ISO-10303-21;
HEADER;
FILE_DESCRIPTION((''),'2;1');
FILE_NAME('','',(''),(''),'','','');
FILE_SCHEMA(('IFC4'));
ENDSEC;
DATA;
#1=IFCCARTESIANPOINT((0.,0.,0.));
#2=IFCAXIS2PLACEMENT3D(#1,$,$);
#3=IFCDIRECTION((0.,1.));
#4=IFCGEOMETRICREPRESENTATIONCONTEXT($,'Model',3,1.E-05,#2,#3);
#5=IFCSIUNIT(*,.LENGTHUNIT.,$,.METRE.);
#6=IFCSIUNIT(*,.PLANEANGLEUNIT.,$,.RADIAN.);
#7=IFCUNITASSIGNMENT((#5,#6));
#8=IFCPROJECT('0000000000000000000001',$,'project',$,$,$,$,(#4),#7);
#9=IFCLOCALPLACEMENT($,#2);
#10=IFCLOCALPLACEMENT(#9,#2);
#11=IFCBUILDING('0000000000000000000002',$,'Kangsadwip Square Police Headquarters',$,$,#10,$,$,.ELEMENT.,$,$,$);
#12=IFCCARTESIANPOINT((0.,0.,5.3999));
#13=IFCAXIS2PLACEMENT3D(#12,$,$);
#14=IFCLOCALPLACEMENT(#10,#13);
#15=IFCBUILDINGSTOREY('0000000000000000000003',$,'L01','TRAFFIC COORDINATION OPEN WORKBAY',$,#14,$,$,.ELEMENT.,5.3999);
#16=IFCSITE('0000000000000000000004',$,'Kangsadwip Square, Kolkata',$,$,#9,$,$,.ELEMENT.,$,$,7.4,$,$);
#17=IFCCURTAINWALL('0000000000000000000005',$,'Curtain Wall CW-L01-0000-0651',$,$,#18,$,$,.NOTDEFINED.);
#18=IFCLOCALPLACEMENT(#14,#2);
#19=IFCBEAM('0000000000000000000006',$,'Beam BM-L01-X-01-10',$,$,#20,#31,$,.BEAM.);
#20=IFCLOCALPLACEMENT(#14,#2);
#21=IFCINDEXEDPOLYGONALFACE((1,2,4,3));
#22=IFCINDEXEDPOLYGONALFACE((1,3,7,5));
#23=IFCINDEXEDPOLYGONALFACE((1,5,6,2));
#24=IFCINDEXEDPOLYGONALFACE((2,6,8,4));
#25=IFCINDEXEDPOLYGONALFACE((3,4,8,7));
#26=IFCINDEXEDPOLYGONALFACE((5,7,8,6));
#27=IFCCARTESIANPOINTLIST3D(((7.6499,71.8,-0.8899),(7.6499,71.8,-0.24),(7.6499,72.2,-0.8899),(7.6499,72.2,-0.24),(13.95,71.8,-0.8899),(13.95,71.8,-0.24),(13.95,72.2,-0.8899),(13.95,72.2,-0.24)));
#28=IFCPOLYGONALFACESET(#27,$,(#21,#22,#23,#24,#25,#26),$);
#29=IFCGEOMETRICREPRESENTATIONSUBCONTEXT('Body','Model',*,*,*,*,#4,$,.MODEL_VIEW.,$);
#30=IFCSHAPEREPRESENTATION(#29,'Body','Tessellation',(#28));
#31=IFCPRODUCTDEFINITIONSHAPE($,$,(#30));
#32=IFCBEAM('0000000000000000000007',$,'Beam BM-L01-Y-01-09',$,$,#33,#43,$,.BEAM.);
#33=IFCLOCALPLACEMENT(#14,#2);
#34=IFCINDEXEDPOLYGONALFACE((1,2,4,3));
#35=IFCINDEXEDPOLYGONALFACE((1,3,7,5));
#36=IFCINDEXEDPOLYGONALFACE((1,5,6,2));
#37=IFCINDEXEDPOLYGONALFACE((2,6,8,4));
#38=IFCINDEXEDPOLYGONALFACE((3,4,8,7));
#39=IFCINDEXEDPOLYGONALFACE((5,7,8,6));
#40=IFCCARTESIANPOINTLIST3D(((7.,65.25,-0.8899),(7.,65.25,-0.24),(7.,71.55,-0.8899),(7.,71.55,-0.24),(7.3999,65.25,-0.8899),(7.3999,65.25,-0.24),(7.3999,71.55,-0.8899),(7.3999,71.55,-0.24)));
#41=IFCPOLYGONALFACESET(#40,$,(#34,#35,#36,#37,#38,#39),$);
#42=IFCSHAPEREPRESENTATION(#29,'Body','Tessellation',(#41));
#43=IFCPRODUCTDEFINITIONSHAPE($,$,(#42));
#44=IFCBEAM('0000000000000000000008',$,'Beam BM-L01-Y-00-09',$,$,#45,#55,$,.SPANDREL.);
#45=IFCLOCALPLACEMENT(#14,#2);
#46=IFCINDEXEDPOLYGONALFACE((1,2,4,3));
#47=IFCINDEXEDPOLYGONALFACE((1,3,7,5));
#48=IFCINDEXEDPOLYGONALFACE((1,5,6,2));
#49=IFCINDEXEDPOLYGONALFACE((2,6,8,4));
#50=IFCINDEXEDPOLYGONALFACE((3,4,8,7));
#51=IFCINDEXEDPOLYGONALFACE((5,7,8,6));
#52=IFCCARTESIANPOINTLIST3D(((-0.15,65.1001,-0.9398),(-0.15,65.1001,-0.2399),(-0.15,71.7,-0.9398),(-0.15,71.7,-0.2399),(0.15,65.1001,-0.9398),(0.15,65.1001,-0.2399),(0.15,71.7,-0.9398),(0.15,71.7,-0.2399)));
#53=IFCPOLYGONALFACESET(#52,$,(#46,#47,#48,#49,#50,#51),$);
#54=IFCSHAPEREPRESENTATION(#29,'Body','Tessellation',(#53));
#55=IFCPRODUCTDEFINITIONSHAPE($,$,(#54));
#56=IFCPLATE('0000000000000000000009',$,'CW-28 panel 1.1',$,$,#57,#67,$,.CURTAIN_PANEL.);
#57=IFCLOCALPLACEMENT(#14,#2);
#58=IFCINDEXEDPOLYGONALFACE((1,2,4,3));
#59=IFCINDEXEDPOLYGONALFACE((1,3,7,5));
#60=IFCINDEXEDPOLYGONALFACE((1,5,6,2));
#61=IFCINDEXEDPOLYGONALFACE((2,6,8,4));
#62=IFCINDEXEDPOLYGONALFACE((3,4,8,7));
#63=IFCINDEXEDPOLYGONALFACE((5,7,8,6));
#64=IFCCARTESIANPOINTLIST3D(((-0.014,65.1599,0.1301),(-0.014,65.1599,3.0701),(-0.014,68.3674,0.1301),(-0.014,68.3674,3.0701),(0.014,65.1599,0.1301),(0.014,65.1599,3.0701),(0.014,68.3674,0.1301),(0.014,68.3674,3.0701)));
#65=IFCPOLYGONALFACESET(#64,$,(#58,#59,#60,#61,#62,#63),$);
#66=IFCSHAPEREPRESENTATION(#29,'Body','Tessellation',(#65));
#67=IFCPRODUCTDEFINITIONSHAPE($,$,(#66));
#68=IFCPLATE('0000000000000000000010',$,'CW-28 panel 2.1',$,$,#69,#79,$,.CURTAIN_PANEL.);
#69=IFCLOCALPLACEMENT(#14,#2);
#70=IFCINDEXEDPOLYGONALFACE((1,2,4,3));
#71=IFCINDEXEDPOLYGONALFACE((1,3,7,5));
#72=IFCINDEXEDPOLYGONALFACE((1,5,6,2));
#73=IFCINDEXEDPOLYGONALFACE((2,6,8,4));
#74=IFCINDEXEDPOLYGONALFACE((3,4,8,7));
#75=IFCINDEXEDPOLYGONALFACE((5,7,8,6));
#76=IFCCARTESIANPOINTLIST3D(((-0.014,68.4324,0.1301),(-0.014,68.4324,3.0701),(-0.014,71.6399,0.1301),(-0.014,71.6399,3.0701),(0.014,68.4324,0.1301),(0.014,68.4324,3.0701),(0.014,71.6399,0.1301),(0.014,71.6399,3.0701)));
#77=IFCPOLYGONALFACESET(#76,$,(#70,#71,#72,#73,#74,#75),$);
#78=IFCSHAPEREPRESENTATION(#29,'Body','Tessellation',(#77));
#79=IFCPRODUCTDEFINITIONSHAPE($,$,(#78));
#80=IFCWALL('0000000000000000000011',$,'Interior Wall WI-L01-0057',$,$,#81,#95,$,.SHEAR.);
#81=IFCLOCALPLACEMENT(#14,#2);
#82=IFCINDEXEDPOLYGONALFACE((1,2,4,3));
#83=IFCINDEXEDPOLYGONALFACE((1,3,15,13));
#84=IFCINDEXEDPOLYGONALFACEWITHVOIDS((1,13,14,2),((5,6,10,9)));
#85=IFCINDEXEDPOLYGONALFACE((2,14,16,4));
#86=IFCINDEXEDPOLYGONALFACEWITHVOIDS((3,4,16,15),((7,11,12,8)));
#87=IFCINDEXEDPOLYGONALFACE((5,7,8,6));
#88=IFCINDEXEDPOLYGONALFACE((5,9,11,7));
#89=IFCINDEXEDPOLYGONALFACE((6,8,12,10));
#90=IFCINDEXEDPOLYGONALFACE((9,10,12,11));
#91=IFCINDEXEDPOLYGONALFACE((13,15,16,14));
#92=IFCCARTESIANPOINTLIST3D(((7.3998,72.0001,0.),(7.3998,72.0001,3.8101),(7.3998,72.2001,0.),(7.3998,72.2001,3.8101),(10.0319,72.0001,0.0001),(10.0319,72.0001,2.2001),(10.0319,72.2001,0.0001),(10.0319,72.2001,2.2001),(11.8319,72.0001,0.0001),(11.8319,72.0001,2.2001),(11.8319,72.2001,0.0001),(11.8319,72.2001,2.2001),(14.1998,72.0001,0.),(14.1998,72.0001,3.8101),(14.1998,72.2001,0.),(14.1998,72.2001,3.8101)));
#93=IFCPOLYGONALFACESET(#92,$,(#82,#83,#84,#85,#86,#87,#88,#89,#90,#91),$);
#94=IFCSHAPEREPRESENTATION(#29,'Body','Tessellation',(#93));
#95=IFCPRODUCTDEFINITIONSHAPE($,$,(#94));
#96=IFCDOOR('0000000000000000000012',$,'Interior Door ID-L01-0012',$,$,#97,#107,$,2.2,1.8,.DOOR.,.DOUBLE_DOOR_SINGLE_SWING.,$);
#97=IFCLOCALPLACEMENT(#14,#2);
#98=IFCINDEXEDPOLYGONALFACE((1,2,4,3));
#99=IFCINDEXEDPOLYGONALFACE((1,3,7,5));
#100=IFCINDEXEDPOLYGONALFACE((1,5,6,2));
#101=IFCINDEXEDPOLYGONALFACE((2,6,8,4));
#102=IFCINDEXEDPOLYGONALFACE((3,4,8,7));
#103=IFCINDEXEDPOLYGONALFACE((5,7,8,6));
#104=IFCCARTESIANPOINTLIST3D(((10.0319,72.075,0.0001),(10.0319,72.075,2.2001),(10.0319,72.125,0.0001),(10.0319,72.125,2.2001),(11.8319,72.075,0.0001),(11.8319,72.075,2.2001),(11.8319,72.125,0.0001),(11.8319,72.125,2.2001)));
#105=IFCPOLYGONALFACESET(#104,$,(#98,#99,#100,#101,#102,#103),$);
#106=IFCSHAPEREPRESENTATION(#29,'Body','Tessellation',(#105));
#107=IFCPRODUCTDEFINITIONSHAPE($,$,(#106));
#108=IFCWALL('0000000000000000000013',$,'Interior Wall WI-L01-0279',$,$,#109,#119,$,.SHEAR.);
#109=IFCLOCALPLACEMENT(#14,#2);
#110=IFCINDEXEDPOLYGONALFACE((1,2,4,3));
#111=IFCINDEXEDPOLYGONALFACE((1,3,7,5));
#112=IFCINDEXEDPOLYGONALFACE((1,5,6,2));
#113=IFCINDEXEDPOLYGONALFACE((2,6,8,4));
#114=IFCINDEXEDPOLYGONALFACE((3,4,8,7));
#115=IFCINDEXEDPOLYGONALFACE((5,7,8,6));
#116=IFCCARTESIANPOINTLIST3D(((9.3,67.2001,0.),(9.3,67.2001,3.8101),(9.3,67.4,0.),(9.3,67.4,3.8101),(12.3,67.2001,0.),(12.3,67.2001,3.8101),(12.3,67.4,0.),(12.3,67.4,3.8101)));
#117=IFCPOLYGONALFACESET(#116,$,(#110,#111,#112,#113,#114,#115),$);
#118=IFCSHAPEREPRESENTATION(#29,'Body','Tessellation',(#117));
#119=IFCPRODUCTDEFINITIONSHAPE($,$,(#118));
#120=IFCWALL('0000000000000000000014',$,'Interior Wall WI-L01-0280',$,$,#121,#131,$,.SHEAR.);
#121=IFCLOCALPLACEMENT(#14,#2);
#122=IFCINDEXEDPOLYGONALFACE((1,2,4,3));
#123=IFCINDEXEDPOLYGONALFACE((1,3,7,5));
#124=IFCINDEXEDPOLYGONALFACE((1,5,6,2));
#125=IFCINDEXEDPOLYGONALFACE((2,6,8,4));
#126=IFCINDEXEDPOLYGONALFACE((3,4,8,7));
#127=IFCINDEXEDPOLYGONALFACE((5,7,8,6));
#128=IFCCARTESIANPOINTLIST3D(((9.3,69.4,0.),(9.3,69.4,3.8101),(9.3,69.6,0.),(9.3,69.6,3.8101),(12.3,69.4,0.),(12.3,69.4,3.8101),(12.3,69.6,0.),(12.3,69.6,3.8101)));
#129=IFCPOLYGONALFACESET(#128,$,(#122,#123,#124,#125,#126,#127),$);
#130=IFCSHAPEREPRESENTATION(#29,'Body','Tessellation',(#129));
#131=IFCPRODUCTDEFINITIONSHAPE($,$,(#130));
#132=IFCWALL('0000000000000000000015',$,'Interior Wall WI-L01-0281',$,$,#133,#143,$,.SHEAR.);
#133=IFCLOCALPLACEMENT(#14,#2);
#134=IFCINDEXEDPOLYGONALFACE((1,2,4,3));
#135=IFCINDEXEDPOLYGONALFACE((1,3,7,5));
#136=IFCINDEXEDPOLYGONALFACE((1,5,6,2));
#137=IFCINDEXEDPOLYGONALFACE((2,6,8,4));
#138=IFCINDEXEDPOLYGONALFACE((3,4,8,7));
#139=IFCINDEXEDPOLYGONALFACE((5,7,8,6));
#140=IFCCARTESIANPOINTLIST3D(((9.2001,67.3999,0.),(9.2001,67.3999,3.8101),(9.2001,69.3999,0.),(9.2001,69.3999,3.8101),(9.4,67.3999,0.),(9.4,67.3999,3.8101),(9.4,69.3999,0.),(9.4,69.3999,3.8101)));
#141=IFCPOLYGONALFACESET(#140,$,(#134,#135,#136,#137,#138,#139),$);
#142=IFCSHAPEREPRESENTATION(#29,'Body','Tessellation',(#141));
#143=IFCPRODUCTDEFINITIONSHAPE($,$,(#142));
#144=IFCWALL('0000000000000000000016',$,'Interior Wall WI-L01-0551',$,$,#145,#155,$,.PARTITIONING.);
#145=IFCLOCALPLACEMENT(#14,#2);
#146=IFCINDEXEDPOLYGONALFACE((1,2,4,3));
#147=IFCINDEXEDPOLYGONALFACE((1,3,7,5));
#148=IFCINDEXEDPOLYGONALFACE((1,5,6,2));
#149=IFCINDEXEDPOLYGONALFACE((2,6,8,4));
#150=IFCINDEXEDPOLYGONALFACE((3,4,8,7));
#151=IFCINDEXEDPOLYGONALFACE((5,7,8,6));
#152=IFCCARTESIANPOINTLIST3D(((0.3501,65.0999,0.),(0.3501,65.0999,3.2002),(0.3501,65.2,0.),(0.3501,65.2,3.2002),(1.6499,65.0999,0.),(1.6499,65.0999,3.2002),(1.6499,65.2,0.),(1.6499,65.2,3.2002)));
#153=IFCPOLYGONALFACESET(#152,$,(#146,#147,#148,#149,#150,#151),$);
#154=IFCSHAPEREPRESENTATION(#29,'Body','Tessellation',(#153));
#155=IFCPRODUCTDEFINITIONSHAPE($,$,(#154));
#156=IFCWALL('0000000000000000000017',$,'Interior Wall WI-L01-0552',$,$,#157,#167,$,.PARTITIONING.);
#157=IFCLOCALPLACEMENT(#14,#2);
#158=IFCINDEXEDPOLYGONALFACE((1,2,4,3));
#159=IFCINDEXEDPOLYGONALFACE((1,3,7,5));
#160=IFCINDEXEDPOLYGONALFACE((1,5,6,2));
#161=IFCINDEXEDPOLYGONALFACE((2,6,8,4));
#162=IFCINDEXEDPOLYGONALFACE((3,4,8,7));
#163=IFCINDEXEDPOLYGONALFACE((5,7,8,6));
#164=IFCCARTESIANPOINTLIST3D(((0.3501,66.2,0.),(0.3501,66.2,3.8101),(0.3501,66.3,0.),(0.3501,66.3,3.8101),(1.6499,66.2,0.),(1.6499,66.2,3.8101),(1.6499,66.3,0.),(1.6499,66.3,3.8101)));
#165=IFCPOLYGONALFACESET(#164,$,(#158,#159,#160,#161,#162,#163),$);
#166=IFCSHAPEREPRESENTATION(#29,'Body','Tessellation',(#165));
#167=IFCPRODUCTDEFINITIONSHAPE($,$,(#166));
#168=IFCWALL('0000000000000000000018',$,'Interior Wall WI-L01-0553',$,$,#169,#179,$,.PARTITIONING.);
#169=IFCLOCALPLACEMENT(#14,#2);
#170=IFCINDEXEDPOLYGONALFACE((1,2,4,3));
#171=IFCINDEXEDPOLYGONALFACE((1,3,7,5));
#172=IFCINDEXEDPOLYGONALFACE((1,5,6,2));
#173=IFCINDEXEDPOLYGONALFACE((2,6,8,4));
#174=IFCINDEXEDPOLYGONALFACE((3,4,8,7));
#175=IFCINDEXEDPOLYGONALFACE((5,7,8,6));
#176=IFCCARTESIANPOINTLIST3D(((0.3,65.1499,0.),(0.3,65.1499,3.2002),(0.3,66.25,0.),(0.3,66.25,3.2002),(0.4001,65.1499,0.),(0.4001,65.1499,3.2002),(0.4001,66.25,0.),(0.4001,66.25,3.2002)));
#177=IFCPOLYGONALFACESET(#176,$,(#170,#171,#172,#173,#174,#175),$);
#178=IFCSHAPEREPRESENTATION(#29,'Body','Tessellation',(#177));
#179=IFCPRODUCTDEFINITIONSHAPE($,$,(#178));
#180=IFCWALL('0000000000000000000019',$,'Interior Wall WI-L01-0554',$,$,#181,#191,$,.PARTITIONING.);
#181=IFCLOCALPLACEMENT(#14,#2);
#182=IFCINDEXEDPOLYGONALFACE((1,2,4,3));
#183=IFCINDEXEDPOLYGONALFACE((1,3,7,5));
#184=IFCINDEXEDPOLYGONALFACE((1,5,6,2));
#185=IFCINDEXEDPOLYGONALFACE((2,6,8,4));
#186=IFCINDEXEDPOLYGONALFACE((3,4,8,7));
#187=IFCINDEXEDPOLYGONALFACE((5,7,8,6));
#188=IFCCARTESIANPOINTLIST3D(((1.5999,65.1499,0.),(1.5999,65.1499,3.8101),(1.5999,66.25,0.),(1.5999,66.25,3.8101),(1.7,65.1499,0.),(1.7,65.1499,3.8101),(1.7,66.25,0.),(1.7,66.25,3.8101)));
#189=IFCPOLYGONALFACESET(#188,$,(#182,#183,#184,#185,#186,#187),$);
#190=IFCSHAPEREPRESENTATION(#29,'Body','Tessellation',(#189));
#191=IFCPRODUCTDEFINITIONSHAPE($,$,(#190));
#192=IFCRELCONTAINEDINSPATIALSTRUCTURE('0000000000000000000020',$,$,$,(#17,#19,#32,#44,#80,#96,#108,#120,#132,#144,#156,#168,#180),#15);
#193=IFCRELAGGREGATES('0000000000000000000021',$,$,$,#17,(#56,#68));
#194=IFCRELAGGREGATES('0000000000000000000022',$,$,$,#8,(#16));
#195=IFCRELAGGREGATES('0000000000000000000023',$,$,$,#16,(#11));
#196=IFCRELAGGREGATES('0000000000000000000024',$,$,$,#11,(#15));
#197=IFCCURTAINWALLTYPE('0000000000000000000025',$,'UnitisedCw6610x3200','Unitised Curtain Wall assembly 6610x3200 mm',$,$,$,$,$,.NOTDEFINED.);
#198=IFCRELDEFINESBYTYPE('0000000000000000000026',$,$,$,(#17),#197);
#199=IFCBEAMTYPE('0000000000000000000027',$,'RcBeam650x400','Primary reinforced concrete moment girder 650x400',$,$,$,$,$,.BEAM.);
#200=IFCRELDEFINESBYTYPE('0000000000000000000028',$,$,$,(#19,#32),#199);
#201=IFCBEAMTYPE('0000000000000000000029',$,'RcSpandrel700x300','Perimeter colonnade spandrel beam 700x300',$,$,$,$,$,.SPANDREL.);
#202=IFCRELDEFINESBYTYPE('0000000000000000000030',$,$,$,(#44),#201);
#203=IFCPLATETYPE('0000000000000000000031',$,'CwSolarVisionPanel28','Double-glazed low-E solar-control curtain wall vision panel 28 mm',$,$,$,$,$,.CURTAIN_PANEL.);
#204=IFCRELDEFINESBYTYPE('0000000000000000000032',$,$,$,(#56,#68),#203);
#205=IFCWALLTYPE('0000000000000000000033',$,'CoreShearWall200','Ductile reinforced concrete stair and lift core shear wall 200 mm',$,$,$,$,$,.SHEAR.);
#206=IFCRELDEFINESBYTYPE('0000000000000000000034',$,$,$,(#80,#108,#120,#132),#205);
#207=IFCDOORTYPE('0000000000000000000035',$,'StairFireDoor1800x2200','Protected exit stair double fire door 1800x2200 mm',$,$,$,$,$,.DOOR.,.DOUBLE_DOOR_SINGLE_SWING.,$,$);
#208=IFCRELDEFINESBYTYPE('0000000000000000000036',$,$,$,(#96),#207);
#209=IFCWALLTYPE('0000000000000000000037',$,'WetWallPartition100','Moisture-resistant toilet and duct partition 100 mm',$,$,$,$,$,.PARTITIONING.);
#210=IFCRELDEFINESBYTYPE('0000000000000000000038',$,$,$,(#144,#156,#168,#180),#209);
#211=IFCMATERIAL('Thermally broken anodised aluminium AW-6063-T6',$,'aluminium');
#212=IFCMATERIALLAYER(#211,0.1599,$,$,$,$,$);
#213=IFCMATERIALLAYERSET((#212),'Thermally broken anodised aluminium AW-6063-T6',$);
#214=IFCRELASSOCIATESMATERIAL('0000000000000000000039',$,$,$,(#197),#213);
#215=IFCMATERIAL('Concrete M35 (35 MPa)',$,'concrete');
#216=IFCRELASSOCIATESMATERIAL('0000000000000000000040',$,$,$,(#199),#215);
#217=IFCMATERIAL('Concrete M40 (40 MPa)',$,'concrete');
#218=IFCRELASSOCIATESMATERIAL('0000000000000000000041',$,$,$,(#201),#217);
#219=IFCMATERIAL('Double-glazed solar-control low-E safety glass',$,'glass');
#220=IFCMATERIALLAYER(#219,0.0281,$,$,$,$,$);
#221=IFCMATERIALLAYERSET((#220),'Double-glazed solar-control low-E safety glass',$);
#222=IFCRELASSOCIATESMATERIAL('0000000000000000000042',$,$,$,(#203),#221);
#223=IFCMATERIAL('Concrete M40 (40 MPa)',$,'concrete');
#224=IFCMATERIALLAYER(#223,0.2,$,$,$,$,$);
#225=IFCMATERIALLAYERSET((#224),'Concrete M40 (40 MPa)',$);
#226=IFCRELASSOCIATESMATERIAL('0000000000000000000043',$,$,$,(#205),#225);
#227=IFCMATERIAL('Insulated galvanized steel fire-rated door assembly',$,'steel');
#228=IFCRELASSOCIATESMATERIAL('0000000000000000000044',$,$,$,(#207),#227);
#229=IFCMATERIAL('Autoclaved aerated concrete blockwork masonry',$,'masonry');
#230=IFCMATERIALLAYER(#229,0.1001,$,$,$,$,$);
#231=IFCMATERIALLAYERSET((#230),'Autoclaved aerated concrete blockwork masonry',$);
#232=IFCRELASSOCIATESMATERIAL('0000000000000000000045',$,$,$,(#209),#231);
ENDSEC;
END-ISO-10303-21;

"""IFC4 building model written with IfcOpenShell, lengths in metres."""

from ifc_helpers import new_model, si_unit, direction, frame, frame_2d, origin, origin_2d, place, context, subcontext, project, spatial, rectangle, extrude, material, layer, layer_set, material_profile, profile_set, type_object, element, fill, aggregate, save


model = new_model("IFC4")

# Units and contexts
model_context = context("Model", 3, precision=1e-05, world=origin(), true_north=direction((0.0, 1.0)))
body_context = subcontext(model_context, "Body", "Model", "MODEL_VIEW")
ifc_project = project(units=[si_unit("LENGTHUNIT", "METRE"), si_unit("PLANEANGLEUNIT", "RADIAN")], contexts=[model_context])

# Site, building, storey
site_placement = place(None, origin())
site = spatial("IfcSite", under=ifc_project, at=site_placement, Name="Kangsadwip Square, Kolkata", CompositionType="ELEMENT", RefElevation=7.4)
building_placement = place(site_placement, origin())
building = spatial("IfcBuilding", under=site, at=building_placement, Name="Kangsadwip Square Police Headquarters", CompositionType="ELEMENT")
storey_placement = place(building_placement, frame((0.0, 0.0, 5.3999)))
storey = spatial("IfcBuildingStorey", under=building, at=storey_placement, Name="L01", Description="TRAFFIC COORDINATION OPEN WORKBAY", CompositionType="ELEMENT", Elevation=5.3999)

# Curtain wall
ifc_material_1 = material(Name="Thermally broken anodised aluminium AW-6063-T6", Category="aluminium")
ifc_layer_1 = layer(ifc_material_1, 0.1599)
ifc_layer_set_1 = layer_set([ifc_layer_1], Name="Thermally broken anodised aluminium AW-6063-T6")
curtain_wall_type = type_object("IfcCurtainWallType", Name="UnitisedCw6610x3200", Description="Unitised Curtain Wall assembly 6610x3200 mm", PredefinedType="NOTDEFINED", material=ifc_layer_set_1)
curtain_wall_placement = place(storey_placement, origin())
curtain_wall = element("IfcCurtainWall", 1, at=curtain_wall_placement, inside=storey, type_object=curtain_wall_type, Name="Curtain Wall CW-L01-0000-0651", PredefinedType="NOTDEFINED")

# Beams
ifc_material_2 = material(Name="Concrete M35 (35 MPa)", Category="concrete")
ifc_material_profile_1 = material_profile(ifc_material_2, rectangle(XDim=0.3999, YDim=0.6499, at=origin_2d()), Name="RC BM 650X400")
ifc_profile_set_1 = profile_set([ifc_material_profile_1], Name="Concrete M35 (35 MPa)")
beam_type_1 = type_object("IfcBeamType", Name="RcBeam650x400", Description="Primary reinforced concrete moment girder 650x400", PredefinedType="BEAM", material=ifc_profile_set_1)
for number, where, z_axis, x_axis, name in (
    (2, (7.6499, 72.0, -0.5649), (1.0, 0.0, 0.0), (0.0, 1.0, 0.0), "Beam BM-L01-X-01-10"),
    (3, (7.2, 65.25, -0.5649), (0.0, 1.0, 0.0), (-1.0, 0.0, 0.0), "Beam BM-L01-Y-01-09"),
):
    element("IfcBeam", number, at=place(storey_placement, frame(where, z_axis=z_axis, x_axis=x_axis)), inside=storey, type_object=beam_type_1, Name=name, PredefinedType="BEAM", context=body_context, shape_type="SweptSolid", body=[
        extrude(rectangle(XDim=0.3999, YDim=0.6499, at=origin_2d()), origin(), (0.0, 0.0, 1.0), 6.3),
    ])
ifc_material_3 = material(Name="Concrete M40 (40 MPa)", Category="concrete")
ifc_material_profile_2 = material_profile(ifc_material_3, rectangle(XDim=0.3, YDim=0.7, at=origin_2d()), Name="RC SPN 700X300")
ifc_profile_set_2 = profile_set([ifc_material_profile_2], Name="Concrete M40 (40 MPa)")
beam_type_2 = type_object("IfcBeamType", Name="RcSpandrel700x300", Description="Perimeter colonnade spandrel beam 700x300", PredefinedType="SPANDREL", material=ifc_profile_set_2)
beam_1_placement = place(storey_placement, frame((0.0, 65.1001, -0.5898), z_axis=(0.0, 1.0, 0.0), x_axis=(-1.0, 0.0, 0.0)))
element("IfcBeam", 4, at=beam_1_placement, inside=storey, type_object=beam_type_2, Name="Beam BM-L01-Y-00-09", PredefinedType="SPANDREL", context=body_context, shape_type="SweptSolid", body=[
    extrude(rectangle(XDim=0.3, YDim=0.7, at=origin_2d()), origin(), (0.0, 0.0, 1.0), 6.5999),
])

# Plates
ifc_material_4 = material(Name="Double-glazed solar-control low-E safety glass", Category="glass")
ifc_layer_2 = layer(ifc_material_4, 0.0281)
ifc_layer_set_2 = layer_set([ifc_layer_2], Name="Double-glazed solar-control low-E safety glass")
plate_type = type_object("IfcPlateType", Name="CwSolarVisionPanel28", Description="Double-glazed low-E solar-control curtain wall vision panel 28 mm", PredefinedType="CURTAIN_PANEL", material=ifc_layer_set_2)
plate_1_placement = place(storey_placement, frame((0.0, 66.7637, 0.1301), z_axis=(0.0, 0.0, 1.0), x_axis=(0.0, 1.0, 0.0)))
plate_1 = element("IfcPlate", 5, at=plate_1_placement, type_object=plate_type, Name="CW-28 panel 1.1", PredefinedType="CURTAIN_PANEL", context=body_context, shape_type="SweptSolid", body=[
    extrude(rectangle(XDim=3.2075, YDim=0.0281, at=origin_2d()), origin(), (0.0, 0.0, 1.0), 2.9399),
])
plate_2_placement = place(storey_placement, frame((0.0, 70.0361, 0.1301), z_axis=(0.0, 0.0, 1.0), x_axis=(0.0, 1.0, 0.0)))
plate_2 = element("IfcPlate", 6, at=plate_2_placement, type_object=plate_type, Name="CW-28 panel 2.1", PredefinedType="CURTAIN_PANEL", context=body_context, shape_type="SweptSolid", body=[
    extrude(rectangle(XDim=3.2075, YDim=0.0281, at=origin_2d()), origin(), (0.0, 0.0, 1.0), 2.9399),
])
aggregate(curtain_wall, [plate_1, plate_2])

# Wall, opening, door
ifc_material_5 = material(Name="Concrete M40 (40 MPa)", Category="concrete")
ifc_layer_3 = layer(ifc_material_5, 0.2)
ifc_layer_set_3 = layer_set([ifc_layer_3], Name="Concrete M40 (40 MPa)")
wall_type_1 = type_object("IfcWallType", Name="CoreShearWall200", Description="Ductile reinforced concrete stair and lift core shear wall 200 mm", PredefinedType="SHEAR", material=ifc_layer_set_3)
wall_1_placement = place(storey_placement, frame((7.3999, 72.1001, 0.0), z_axis=(0.0, 0.0, 1.0), x_axis=(1.0, 0.0, 0.0)))
wall_1 = element("IfcWall", 7, at=wall_1_placement, inside=storey, type_object=wall_type_1, Name="Interior Wall WI-L01-0057", PredefinedType="SHEAR", context=body_context, shape_type="SweptSolid", body=[
    extrude(rectangle(XDim=6.8, YDim=0.2, at=frame_2d((3.3999, 0.0))), origin(), (0.0, 0.0, 1.0), 3.8101),
])
opening_placement = place(wall_1_placement, frame((2.6321, 0.0, 0.0)))
opening = element("IfcOpeningElement", 8, at=opening_placement, cuts=wall_1, PredefinedType="OPENING", context=body_context, shape_type="SweptSolid", body=[
    extrude(rectangle(XDim=1.8, YDim=2.2, at=frame_2d((0.8999, 1.1001))), frame((0.0, 0.1099, 0.0), z_axis=(0.0, -1.0, 0.0), x_axis=(1.0, 0.0, 0.0)), (0.0, 0.0, 1.0), 0.22),
])
ifc_material_6 = material(Name="Insulated galvanized steel fire-rated door assembly", Category="steel")
door_type = type_object("IfcDoorType", Name="StairFireDoor1800x2200", Description="Protected exit stair double fire door 1800x2200 mm", OperationType="DOUBLE_DOOR_SINGLE_SWING", PredefinedType="DOOR", material=ifc_material_6)
door_placement = place(opening_placement, origin())
door = element("IfcDoor", 9, at=door_placement, inside=storey, type_object=door_type, Name="Interior Door ID-L01-0012", OperationType="DOUBLE_DOOR_SINGLE_SWING", OverallHeight=2.2, OverallWidth=1.8, PredefinedType="DOOR", context=body_context, shape_type="SweptSolid", body=[
    extrude(rectangle(XDim=1.8, YDim=2.2, at=frame_2d((0.8999, 1.1001))), frame((0.0, 0.0249, 0.0), z_axis=(0.0, -1.0, 0.0), x_axis=(1.0, 0.0, 0.0)), (0.0, 0.0, 1.0), 0.05),
])
fill(opening, door)

# Walls
for number, where, z_axis, x_axis, name in (
    (10, (9.3, 67.3, 0.0), (0.0, 0.0, 1.0), (1.0, 0.0, 0.0), "Interior Wall WI-L01-0279"),
    (11, (9.3, 69.5, 0.0), (0.0, 0.0, 1.0), (1.0, 0.0, 0.0), "Interior Wall WI-L01-0280"),
):
    element("IfcWall", number, at=place(storey_placement, frame(where, z_axis=z_axis, x_axis=x_axis)), inside=storey, type_object=wall_type_1, Name=name, PredefinedType="SHEAR", context=body_context, shape_type="SweptSolid", body=[
        extrude(rectangle(XDim=3.0, YDim=0.2, at=frame_2d((1.5, 0.0))), origin(), (0.0, 0.0, 1.0), 3.8101),
    ])
wall_2_placement = place(storey_placement, frame((9.3, 67.3999, 0.0), z_axis=(0.0, 0.0, 1.0), x_axis=(0.0, 1.0, 0.0)))
element("IfcWall", 12, at=wall_2_placement, inside=storey, type_object=wall_type_1, Name="Interior Wall WI-L01-0281", PredefinedType="SHEAR", context=body_context, shape_type="SweptSolid", body=[
    extrude(rectangle(XDim=2.0, YDim=0.2, at=frame_2d((1.0, 0.0))), origin(), (0.0, 0.0, 1.0), 3.8101),
])
ifc_material_7 = material(Name="Autoclaved aerated concrete blockwork masonry", Category="masonry")
ifc_layer_4 = layer(ifc_material_7, 0.1001)
ifc_layer_set_4 = layer_set([ifc_layer_4], Name="Autoclaved aerated concrete blockwork masonry")
wall_type_2 = type_object("IfcWallType", Name="WetWallPartition100", Description="Moisture-resistant toilet and duct partition 100 mm", PredefinedType="PARTITIONING", material=ifc_layer_set_4)
wall_3_placement = place(storey_placement, frame((0.3501, 65.1499, 0.0), z_axis=(0.0, 0.0, 1.0), x_axis=(1.0, 0.0, 0.0)))
element("IfcWall", 13, at=wall_3_placement, inside=storey, type_object=wall_type_2, Name="Interior Wall WI-L01-0551", PredefinedType="PARTITIONING", context=body_context, shape_type="SweptSolid", body=[
    extrude(rectangle(XDim=1.2998, YDim=0.1001, at=frame_2d((0.6499, 0.0))), origin(), (0.0, 0.0, 1.0), 3.2002),
])
wall_4_placement = place(storey_placement, frame((0.3501, 66.25, 0.0), z_axis=(0.0, 0.0, 1.0), x_axis=(1.0, 0.0, 0.0)))
element("IfcWall", 14, at=wall_4_placement, inside=storey, type_object=wall_type_2, Name="Interior Wall WI-L01-0552", PredefinedType="PARTITIONING", context=body_context, shape_type="SweptSolid", body=[
    extrude(rectangle(XDim=1.2998, YDim=0.1001, at=frame_2d((0.6499, 0.0))), origin(), (0.0, 0.0, 1.0), 3.8101),
])
wall_5_placement = place(storey_placement, frame((0.3501, 65.1499, 0.0), z_axis=(0.0, 0.0, 1.0), x_axis=(0.0, 1.0, 0.0)))
element("IfcWall", 15, at=wall_5_placement, inside=storey, type_object=wall_type_2, Name="Interior Wall WI-L01-0553", PredefinedType="PARTITIONING", context=body_context, shape_type="SweptSolid", body=[
    extrude(rectangle(XDim=1.1001, YDim=0.1001, at=frame_2d((0.55, 0.0))), origin(), (0.0, 0.0, 1.0), 3.2002),
])
wall_6_placement = place(storey_placement, frame((1.6499, 65.1499, 0.0), z_axis=(0.0, 0.0, 1.0), x_axis=(0.0, 1.0, 0.0)))
element("IfcWall", 16, at=wall_6_placement, inside=storey, type_object=wall_type_2, Name="Interior Wall WI-L01-0554", PredefinedType="PARTITIONING", context=body_context, shape_type="SweptSolid", body=[
    extrude(rectangle(XDim=1.1001, YDim=0.1001, at=frame_2d((0.55, 0.0))), origin(), (0.0, 0.0, 1.0), 3.8101),
])

save(model, "model.ifc")
